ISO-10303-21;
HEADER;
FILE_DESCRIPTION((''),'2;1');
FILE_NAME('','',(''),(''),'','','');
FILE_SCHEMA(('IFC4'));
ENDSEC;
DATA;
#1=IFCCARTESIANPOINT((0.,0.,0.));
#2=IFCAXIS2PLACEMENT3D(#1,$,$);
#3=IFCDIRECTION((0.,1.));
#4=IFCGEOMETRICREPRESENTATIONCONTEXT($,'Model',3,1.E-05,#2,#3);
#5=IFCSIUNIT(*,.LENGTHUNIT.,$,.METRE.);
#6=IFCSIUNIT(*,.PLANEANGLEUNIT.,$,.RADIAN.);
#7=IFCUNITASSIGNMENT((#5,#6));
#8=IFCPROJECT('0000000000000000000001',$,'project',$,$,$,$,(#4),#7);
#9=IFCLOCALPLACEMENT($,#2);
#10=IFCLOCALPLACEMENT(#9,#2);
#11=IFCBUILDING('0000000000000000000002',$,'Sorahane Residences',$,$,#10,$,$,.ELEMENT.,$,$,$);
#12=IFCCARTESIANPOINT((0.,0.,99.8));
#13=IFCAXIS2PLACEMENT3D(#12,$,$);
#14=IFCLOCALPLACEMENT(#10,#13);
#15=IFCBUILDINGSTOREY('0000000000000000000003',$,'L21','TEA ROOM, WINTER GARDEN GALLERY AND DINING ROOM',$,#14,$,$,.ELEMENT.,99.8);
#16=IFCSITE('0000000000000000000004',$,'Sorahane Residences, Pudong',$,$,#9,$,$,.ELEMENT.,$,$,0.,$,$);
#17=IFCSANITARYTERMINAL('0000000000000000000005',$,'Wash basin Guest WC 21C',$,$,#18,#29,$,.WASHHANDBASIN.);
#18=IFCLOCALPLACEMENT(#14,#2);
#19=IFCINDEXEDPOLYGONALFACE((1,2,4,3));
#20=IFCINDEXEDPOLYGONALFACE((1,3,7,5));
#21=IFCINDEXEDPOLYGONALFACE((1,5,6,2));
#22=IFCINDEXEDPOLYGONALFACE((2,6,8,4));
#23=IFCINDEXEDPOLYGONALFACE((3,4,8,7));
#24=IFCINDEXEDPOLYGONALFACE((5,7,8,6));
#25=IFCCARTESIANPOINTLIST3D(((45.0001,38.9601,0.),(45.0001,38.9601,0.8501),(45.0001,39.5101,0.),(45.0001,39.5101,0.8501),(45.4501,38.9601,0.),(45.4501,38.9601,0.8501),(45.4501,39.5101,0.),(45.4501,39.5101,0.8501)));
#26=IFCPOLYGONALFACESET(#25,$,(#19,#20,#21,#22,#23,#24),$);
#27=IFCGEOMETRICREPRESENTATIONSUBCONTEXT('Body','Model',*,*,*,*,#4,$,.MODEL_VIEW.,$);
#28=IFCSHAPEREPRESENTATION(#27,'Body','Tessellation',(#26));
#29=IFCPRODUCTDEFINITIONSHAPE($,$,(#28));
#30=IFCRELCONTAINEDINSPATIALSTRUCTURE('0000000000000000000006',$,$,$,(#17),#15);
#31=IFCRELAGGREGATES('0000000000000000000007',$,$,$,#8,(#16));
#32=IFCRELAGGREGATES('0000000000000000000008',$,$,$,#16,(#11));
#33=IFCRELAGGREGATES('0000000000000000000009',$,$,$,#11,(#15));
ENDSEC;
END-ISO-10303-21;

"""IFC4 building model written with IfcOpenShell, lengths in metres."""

from ifc_helpers import new_model, si_unit, direction, frame, origin, origin_2d, place, context, subcontext, project, spatial, rectangle, extrude, element, save


model = new_model("IFC4")

# Units and contexts
model_context = context("Model", 3, precision=1e-05, world=origin(), true_north=direction((0.0, 1.0)))
body_context = subcontext(model_context, "Body", "Model", "MODEL_VIEW")
ifc_project = project(units=[si_unit("LENGTHUNIT", "METRE"), si_unit("PLANEANGLEUNIT", "RADIAN")], contexts=[model_context])

# Site, building, storey
site_placement = place(None, origin())
site = spatial("IfcSite", under=ifc_project, at=site_placement, Name="Sorahane Residences, Pudong", CompositionType="ELEMENT", RefElevation=0.0)
building_placement = place(site_placement, origin())
building = spatial("IfcBuilding", under=site, at=building_placement, Name="Sorahane Residences", CompositionType="ELEMENT")
storey_placement = place(building_placement, frame((0.0, 0.0, 99.8)))
storey = spatial("IfcBuildingStorey", under=building, at=storey_placement, Name="L21", Description="TEA ROOM, WINTER GARDEN GALLERY AND DINING ROOM", CompositionType="ELEMENT", Elevation=99.8)

# Sanitary terminal
sanitary_terminal_1_placement = place(storey_placement, frame((45.2251, 39.2351, 0.0), z_axis=(0.0, 0.0, 1.0), x_axis=(0.0, 1.0, 0.0)))
element("IfcSanitaryTerminal", 1, at=sanitary_terminal_1_placement, inside=storey, Name="Wash basin Guest WC 21C", PredefinedType="WASHHANDBASIN", context=body_context, shape_type="SweptSolid", body=[
    extrude(rectangle(XDim=0.55, YDim=0.45, at=origin_2d()), origin(), (0.0, 0.0, 1.0), 0.8501),
])

save(model, "model.ifc")
